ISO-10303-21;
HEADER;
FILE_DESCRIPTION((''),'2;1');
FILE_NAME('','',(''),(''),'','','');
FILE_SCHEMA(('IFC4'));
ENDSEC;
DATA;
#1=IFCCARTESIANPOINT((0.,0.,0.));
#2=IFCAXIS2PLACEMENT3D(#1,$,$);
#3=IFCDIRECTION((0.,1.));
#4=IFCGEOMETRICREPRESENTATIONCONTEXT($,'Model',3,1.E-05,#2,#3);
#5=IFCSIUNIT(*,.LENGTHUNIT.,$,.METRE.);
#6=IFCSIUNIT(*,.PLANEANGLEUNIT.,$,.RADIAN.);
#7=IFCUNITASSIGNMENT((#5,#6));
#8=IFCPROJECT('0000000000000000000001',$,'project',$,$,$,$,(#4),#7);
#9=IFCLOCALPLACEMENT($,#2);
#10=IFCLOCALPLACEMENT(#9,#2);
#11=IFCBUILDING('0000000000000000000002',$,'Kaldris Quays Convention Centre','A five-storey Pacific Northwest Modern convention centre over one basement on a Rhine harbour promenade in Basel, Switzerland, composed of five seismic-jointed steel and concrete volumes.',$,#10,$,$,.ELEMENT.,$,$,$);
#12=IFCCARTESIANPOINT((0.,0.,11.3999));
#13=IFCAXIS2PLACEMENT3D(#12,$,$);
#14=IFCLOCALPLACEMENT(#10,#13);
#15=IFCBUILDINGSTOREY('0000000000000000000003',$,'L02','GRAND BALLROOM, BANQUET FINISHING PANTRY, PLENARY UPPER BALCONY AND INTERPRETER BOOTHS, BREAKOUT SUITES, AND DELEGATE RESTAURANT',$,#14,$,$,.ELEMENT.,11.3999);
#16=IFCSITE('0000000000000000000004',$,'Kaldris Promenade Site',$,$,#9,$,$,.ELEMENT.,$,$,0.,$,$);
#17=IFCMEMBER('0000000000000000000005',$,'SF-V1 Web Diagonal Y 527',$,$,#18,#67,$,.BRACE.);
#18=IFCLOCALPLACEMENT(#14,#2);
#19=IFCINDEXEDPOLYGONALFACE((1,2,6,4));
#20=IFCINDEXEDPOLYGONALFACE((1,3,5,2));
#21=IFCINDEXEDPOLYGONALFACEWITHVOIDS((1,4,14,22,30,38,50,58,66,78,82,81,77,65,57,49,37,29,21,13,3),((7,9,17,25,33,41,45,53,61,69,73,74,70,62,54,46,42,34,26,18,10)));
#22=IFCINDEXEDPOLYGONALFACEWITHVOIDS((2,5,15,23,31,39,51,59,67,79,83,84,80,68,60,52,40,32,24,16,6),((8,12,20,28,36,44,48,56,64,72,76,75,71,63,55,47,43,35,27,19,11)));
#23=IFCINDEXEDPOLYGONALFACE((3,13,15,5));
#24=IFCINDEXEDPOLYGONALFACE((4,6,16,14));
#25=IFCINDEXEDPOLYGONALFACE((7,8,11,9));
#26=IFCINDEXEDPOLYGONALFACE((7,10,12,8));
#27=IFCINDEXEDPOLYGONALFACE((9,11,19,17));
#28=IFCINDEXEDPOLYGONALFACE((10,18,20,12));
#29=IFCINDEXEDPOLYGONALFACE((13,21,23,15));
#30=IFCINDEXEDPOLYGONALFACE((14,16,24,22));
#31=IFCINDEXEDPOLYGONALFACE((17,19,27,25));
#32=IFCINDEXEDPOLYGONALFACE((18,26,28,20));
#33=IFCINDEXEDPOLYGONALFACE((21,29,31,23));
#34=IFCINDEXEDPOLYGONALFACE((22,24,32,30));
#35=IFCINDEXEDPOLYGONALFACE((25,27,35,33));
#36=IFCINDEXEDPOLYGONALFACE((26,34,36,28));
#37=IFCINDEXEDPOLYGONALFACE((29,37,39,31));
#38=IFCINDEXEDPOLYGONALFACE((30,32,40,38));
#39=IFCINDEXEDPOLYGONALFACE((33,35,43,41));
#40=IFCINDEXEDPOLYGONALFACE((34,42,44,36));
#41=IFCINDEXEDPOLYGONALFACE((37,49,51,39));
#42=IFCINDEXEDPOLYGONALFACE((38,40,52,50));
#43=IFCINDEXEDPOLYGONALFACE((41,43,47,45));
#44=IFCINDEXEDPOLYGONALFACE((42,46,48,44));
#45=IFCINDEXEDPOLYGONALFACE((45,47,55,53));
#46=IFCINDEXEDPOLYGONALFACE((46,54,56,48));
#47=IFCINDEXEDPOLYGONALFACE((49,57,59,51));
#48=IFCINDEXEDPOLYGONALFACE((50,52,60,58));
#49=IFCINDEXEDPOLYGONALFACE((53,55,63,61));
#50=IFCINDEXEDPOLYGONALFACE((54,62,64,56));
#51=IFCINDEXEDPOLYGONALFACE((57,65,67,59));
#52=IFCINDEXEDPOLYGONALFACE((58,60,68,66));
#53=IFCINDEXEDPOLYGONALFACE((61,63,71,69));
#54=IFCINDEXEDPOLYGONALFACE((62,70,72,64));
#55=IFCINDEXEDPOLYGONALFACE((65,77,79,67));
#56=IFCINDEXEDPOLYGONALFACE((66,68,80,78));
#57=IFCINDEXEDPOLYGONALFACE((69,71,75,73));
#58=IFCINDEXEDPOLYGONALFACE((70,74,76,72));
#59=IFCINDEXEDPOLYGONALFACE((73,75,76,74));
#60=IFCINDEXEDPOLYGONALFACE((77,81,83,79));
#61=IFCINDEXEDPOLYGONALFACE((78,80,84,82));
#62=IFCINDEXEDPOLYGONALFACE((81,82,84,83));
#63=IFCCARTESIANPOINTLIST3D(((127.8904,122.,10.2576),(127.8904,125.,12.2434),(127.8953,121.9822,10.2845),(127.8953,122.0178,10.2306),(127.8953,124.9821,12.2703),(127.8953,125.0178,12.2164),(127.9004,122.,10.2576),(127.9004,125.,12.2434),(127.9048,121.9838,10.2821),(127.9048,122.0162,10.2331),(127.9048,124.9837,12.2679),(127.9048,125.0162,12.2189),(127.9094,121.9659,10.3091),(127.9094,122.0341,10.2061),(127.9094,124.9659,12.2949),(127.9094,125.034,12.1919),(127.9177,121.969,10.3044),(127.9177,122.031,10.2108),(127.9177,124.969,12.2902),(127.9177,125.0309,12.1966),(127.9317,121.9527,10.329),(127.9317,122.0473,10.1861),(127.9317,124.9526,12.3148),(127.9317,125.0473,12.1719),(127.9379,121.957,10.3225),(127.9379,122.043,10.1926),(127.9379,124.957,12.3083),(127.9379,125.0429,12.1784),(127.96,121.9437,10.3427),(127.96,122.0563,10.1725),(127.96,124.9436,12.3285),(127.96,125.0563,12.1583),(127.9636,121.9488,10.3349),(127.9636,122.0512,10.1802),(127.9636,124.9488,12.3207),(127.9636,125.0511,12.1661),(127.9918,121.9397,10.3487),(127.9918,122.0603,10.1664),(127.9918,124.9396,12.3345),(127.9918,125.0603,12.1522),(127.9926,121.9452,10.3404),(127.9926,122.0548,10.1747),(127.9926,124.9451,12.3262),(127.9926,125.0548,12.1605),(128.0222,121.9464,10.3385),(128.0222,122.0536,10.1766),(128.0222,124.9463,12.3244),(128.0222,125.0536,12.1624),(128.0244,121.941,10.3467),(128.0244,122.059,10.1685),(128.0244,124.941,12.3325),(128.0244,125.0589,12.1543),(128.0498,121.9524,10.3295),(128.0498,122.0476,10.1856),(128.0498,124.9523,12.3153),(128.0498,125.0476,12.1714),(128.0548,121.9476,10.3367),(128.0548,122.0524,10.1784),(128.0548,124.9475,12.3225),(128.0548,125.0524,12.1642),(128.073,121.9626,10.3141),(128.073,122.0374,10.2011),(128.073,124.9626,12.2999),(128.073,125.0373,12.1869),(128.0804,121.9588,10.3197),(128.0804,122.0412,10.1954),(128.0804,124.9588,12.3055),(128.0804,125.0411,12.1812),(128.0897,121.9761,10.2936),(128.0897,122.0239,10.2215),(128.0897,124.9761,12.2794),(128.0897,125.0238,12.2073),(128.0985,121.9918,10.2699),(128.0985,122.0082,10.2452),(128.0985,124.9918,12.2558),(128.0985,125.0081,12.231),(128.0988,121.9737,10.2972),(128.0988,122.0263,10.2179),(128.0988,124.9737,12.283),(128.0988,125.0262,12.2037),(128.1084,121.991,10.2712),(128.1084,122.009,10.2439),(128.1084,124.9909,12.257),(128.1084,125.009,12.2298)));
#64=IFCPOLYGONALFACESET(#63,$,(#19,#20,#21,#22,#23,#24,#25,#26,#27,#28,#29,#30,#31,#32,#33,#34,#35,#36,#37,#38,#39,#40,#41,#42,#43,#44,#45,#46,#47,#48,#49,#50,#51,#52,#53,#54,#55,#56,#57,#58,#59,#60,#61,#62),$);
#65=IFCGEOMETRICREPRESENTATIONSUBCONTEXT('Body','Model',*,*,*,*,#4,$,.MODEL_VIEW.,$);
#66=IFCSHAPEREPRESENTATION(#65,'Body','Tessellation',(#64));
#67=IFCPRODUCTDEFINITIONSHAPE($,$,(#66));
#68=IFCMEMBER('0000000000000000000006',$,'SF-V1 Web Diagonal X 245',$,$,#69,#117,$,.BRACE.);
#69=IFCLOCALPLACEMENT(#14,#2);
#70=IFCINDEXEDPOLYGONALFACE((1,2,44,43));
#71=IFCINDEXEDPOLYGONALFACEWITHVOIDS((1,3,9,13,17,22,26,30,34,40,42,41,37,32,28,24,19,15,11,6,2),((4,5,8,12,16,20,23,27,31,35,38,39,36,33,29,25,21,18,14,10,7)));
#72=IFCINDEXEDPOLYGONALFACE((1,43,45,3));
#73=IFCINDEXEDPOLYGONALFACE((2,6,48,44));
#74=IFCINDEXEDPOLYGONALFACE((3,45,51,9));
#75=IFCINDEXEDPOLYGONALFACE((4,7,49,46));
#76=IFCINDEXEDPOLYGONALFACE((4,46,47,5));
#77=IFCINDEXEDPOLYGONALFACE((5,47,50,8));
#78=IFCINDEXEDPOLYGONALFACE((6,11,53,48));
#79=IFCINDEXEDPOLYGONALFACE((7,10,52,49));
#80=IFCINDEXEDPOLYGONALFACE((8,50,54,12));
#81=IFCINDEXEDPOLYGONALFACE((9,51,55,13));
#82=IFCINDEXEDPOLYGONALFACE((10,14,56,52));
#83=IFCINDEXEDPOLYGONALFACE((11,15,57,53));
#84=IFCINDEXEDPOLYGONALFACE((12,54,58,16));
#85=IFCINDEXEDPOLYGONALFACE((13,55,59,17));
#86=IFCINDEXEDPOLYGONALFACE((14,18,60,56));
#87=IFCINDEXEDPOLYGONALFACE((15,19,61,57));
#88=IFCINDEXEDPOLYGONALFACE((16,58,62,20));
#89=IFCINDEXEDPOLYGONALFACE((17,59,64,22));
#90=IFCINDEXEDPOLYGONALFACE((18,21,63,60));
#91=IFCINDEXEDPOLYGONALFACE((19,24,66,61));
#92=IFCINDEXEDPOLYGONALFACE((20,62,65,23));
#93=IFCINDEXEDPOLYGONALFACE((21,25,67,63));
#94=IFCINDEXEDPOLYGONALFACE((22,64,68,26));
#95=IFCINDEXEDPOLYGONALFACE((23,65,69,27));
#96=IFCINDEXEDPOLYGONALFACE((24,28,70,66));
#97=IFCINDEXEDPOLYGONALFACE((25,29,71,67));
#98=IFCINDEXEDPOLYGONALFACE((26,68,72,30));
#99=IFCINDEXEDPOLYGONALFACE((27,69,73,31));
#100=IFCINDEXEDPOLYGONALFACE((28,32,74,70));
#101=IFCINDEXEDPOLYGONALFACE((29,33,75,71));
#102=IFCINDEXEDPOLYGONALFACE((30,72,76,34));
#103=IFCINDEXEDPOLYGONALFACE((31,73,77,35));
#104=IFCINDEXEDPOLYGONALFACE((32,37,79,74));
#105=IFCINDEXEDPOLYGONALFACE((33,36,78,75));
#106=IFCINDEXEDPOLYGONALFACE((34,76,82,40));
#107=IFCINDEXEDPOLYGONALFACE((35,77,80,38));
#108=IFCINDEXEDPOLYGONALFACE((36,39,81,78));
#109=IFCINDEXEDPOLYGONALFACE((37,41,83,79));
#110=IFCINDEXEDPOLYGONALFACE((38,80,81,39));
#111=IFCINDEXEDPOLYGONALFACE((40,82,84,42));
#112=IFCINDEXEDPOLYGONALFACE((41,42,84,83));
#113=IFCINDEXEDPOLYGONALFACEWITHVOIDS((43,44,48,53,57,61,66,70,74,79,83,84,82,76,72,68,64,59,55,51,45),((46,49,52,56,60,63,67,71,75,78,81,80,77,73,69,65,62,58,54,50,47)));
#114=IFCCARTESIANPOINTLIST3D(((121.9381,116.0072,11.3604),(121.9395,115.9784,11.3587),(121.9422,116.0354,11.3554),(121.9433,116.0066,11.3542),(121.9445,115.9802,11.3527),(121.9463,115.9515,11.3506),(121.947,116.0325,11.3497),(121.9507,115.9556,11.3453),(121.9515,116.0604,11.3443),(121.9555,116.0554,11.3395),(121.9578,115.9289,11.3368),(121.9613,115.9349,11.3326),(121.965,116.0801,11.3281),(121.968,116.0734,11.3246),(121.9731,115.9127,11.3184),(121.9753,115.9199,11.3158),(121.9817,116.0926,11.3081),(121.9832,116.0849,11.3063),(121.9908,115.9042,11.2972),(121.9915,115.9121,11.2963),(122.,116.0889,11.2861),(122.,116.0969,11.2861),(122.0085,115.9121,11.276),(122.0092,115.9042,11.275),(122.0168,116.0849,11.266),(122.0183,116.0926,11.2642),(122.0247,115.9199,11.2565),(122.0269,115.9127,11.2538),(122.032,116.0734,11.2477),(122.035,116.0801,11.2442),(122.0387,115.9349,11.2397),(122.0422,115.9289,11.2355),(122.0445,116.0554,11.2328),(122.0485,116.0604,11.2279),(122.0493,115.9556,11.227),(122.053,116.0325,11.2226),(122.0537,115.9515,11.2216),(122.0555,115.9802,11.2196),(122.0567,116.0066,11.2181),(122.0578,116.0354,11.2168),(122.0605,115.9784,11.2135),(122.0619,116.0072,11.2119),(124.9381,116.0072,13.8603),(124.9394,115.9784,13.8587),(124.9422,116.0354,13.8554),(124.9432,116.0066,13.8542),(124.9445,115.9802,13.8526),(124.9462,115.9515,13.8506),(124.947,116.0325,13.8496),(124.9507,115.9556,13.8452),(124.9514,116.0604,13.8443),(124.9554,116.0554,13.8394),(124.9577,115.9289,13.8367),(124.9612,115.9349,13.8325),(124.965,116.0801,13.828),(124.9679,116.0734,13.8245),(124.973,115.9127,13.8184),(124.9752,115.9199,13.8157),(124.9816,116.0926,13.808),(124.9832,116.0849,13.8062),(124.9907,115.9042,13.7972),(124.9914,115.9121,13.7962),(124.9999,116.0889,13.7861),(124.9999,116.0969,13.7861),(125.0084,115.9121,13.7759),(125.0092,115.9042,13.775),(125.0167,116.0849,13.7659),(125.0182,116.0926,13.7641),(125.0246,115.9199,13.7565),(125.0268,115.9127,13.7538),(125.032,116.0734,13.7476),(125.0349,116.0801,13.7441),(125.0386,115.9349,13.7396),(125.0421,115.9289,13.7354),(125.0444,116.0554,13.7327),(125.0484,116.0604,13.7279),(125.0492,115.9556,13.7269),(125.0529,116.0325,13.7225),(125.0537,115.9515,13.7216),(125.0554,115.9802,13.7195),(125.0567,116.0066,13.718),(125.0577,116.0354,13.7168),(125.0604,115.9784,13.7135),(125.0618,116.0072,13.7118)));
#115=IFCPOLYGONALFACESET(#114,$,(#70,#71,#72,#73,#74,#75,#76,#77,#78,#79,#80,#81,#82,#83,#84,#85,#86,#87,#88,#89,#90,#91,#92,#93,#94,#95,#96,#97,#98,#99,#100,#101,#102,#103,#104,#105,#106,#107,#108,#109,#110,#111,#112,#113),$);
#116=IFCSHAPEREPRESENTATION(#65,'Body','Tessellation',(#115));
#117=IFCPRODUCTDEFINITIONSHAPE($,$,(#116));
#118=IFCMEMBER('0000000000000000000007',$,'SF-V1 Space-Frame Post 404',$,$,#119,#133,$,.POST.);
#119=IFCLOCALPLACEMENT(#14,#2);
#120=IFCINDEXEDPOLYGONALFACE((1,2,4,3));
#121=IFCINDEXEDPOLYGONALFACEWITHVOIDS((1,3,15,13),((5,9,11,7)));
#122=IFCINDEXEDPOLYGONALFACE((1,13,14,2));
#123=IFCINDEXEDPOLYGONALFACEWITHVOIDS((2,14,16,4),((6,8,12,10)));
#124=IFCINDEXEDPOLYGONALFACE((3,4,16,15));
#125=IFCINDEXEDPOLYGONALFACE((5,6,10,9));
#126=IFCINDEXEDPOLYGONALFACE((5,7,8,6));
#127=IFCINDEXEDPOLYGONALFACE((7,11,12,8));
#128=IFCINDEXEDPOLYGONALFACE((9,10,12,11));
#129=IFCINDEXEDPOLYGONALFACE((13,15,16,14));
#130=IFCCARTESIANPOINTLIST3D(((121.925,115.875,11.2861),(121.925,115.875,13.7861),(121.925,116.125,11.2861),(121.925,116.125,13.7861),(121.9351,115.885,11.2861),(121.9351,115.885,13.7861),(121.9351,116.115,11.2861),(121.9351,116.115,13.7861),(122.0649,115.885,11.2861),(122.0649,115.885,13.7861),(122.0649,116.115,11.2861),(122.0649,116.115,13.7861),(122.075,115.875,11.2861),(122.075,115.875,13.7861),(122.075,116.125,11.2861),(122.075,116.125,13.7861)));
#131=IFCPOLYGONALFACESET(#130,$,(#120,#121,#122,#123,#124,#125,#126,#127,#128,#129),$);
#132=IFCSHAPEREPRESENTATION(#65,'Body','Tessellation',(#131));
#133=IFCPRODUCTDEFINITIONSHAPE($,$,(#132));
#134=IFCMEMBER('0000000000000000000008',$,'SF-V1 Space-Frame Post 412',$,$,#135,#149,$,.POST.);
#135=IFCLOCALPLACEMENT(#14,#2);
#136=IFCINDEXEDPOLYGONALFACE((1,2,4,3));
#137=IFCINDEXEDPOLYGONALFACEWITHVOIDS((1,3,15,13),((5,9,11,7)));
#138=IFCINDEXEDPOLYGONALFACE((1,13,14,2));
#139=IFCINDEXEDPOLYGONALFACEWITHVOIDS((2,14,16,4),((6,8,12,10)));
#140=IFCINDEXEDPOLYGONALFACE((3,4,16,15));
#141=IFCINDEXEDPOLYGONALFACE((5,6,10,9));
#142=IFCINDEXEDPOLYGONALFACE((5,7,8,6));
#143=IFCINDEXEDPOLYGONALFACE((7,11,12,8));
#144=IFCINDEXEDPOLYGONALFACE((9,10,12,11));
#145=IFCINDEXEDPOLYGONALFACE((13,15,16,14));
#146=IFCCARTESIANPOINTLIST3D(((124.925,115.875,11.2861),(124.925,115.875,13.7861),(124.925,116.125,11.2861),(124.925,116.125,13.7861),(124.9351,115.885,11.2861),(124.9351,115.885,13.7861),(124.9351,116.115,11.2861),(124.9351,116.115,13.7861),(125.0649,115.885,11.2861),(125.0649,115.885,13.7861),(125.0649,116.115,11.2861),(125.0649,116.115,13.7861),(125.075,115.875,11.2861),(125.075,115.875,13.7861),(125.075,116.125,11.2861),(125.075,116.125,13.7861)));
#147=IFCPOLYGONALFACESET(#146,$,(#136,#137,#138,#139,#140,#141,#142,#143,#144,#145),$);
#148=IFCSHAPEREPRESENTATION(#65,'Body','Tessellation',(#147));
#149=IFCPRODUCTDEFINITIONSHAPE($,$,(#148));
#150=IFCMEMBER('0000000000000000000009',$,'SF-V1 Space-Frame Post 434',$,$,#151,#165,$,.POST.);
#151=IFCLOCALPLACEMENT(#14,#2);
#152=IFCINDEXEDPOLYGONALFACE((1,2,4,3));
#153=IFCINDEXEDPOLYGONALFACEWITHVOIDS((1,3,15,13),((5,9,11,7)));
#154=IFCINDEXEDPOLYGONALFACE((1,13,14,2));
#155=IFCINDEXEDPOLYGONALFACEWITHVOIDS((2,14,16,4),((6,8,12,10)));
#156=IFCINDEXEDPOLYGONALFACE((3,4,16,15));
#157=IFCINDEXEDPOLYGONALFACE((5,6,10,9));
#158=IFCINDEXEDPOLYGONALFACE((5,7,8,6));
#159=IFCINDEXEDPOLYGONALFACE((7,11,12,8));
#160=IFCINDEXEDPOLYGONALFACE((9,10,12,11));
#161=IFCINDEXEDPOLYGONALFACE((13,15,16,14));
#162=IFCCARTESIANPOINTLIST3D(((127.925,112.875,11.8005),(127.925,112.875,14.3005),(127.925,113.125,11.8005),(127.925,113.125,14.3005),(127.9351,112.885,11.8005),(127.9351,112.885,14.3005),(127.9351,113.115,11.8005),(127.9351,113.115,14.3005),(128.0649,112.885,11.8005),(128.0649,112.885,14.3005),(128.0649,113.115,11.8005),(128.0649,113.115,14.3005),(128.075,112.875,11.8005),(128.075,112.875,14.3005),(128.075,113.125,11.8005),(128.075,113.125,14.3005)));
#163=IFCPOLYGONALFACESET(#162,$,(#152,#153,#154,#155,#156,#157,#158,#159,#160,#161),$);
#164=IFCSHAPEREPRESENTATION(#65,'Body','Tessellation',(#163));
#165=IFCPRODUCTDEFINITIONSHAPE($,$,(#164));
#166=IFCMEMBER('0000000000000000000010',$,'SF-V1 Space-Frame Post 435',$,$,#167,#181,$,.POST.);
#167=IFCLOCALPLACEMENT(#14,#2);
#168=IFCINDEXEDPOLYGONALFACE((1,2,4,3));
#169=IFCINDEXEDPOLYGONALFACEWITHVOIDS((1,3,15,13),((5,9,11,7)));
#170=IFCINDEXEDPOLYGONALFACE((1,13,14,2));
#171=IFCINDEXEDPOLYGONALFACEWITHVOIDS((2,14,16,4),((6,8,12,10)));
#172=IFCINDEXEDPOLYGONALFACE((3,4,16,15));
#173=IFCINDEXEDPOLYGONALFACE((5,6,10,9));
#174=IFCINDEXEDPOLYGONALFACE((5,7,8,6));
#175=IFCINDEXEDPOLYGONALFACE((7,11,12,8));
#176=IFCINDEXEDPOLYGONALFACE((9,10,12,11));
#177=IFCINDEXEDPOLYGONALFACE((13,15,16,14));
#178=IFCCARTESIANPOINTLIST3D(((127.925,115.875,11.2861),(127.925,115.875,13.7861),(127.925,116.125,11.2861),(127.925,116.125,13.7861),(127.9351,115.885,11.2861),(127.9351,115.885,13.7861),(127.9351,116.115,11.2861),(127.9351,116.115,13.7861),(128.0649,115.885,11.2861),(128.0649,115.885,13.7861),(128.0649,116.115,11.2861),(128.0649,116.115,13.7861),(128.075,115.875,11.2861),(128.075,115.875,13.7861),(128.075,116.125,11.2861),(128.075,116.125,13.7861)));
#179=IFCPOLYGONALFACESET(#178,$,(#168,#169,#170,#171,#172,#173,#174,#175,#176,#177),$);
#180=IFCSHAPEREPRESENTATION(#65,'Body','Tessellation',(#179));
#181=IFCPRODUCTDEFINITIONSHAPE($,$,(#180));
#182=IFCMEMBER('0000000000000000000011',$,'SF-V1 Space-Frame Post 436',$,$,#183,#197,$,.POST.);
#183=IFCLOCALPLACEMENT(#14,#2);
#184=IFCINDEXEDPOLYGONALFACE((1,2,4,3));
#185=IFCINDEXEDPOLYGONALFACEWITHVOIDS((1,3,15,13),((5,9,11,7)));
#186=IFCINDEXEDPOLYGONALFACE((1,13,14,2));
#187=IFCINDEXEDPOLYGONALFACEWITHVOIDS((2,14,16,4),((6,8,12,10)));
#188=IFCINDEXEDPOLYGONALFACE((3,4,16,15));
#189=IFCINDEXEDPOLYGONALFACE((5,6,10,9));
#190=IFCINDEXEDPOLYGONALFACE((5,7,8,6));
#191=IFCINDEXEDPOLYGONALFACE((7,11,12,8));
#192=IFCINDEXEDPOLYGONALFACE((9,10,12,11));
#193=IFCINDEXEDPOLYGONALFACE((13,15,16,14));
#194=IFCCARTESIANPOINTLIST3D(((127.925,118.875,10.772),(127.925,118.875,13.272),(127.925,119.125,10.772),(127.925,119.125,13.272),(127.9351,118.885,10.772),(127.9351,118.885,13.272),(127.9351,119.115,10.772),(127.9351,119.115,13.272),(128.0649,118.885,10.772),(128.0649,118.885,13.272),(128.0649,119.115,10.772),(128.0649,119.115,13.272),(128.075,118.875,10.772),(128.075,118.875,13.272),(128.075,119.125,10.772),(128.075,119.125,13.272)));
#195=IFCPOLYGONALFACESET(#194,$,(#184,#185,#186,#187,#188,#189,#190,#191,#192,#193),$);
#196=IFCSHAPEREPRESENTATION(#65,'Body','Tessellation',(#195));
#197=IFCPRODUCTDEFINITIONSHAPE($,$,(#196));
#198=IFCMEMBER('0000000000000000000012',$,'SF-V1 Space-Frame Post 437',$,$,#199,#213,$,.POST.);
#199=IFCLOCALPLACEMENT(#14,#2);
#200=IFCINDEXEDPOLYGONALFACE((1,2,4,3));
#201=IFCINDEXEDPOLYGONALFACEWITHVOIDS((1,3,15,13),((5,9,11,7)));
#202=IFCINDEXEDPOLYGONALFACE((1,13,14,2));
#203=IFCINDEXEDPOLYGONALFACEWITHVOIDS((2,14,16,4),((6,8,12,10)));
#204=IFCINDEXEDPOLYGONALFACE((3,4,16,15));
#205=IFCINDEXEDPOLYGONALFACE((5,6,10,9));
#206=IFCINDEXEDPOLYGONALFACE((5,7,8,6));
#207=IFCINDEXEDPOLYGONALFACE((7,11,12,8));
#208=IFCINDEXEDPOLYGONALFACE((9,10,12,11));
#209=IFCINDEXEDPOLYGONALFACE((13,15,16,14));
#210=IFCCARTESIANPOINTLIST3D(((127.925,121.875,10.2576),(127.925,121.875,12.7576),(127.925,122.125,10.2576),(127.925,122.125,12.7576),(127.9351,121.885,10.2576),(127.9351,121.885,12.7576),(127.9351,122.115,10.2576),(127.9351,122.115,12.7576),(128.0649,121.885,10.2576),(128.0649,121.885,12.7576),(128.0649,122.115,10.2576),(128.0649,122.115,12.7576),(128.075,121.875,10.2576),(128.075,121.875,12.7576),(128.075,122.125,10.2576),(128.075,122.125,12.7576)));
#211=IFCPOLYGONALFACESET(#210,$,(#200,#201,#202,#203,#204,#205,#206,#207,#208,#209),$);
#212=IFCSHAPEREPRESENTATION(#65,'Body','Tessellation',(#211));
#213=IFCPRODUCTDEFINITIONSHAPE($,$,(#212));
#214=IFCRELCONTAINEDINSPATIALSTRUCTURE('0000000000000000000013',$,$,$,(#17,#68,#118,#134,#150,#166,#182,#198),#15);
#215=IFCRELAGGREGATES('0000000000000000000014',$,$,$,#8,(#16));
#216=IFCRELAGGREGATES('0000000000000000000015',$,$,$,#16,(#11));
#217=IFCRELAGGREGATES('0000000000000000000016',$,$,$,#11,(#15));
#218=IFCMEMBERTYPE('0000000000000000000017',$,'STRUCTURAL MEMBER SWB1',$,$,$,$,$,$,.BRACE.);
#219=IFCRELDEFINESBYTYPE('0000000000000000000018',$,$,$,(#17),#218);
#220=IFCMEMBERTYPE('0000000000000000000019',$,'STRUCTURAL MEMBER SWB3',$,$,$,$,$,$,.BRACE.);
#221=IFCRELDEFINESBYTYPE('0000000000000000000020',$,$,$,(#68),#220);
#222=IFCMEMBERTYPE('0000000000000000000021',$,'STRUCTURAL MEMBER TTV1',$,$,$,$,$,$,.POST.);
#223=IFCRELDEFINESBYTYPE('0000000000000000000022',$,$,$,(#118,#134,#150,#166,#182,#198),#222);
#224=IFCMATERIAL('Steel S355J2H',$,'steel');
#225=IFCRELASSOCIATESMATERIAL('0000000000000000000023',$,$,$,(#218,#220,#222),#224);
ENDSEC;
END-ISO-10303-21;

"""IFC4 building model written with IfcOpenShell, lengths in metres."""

from ifc_helpers import new_model, si_unit, direction, frame, origin, origin_2d, place, context, subcontext, project, spatial, hollow_rectangle, hollow_circle, extrude, material, material_profile, profile_set, type_object, element, save


model = new_model("IFC4")

# Units and contexts
model_context = context("Model", 3, precision=1e-05, world=origin(), true_north=direction((0.0, 1.0)))
body_context = subcontext(model_context, "Body", "Model", "MODEL_VIEW")
ifc_project = project(units=[si_unit("LENGTHUNIT", "METRE"), si_unit("PLANEANGLEUNIT", "RADIAN")], contexts=[model_context])

# Site, building, storey
site_placement = place(None, origin())
site = spatial("IfcSite", under=ifc_project, at=site_placement, Name="Kaldris Promenade Site", CompositionType="ELEMENT", RefElevation=0.0)
building_placement = place(site_placement, origin())
building = spatial("IfcBuilding", under=site, at=building_placement, Name="Kaldris Quays Convention Centre", Description="A five-storey Pacific Northwest Modern convention centre over one basement on a Rhine harbour promenade in Basel, Switzerland, composed of five seismic-jointed steel and concrete volumes.", CompositionType="ELEMENT")
storey_placement = place(building_placement, frame((0.0, 0.0, 11.3999)))
storey = spatial("IfcBuildingStorey", under=building, at=storey_placement, Name="L02", Description="GRAND BALLROOM, BANQUET FINISHING PANTRY, PLENARY UPPER BALCONY AND INTERPRETER BOOTHS, BREAKOUT SUITES, AND DELEGATE RESTAURANT", CompositionType="ELEMENT", Elevation=11.3999)

# Members
ifc_material_1 = material(Name="Steel S355J2H", Category="steel")
ifc_material_profile_1 = material_profile(ifc_material_1, hollow_circle(Radius=0.1096, WallThickness=0.01, at=origin_2d()), Name="CHS 219.1x10")
ifc_profile_set_1 = profile_set([ifc_material_profile_1], Name="Steel S355J2H")
member_type_1 = type_object("IfcMemberType", Name="STRUCTURAL MEMBER SWB1", PredefinedType="BRACE", material=ifc_profile_set_1)
member_1_placement = place(storey_placement, frame((128.0, 122.0, 10.2576), z_axis=(0.0, 0.833862, 0.551972), x_axis=(-1.0, 0.0, 0.0)))
element("IfcMember", 1, at=member_1_placement, inside=storey, type_object=member_type_1, Name="SF-V1 Web Diagonal Y 527", PredefinedType="BRACE", context=body_context, shape_type="SweptSolid", body=[
    extrude(hollow_circle(Radius=0.1096, WallThickness=0.01, at=origin_2d()), origin(), (0.0, 0.0, 1.0), 3.5977),
])
ifc_material_profile_2 = material_profile(ifc_material_1, hollow_circle(Radius=0.0969, WallThickness=0.0081, at=origin_2d()), Name="CHS 193.7x8")
ifc_profile_set_2 = profile_set([ifc_material_profile_2], Name="Steel S355J2H")
member_type_2 = type_object("IfcMemberType", Name="STRUCTURAL MEMBER SWB3", PredefinedType="BRACE", material=ifc_profile_set_2)
member_2_placement = place(storey_placement, frame((122.0, 116.0, 11.2861), z_axis=(0.768221, 0.0, 0.640184), x_axis=(0.0, 1.0, 0.0)))
element("IfcMember", 2, at=member_2_placement, inside=storey, type_object=member_type_2, Name="SF-V1 Web Diagonal X 245", PredefinedType="BRACE", context=body_context, shape_type="SweptSolid", body=[
    extrude(hollow_circle(Radius=0.0969, WallThickness=0.0081, at=origin_2d()), origin(), (0.0, 0.0, 1.0), 3.905),
])
ifc_material_profile_3 = material_profile(ifc_material_1, hollow_rectangle(XDim=0.1499, YDim=0.25, WallThickness=0.01, at=origin_2d()), Name="RHS 250x150x10")
ifc_profile_set_3 = profile_set([ifc_material_profile_3], Name="Steel S355J2H")
member_type_3 = type_object("IfcMemberType", Name="STRUCTURAL MEMBER TTV1", PredefinedType="POST", material=ifc_profile_set_3)
for number, where, z_axis, x_axis, name in (
    (3, (122.0, 116.0, 11.2861), (0.0, 0.0, 1.0), (1.0, 0.0, 0.0), "SF-V1 Space-Frame Post 404"),
    (4, (125.0, 116.0, 11.2861), (0.0, 0.0, 1.0), (1.0, 0.0, 0.0), "SF-V1 Space-Frame Post 412"),
    (5, (128.0, 113.0, 11.8005), (0.0, 0.0, 1.0), (1.0, 0.0, 0.0), "SF-V1 Space-Frame Post 434"),
    (6, (128.0, 116.0, 11.2861), (0.0, 0.0, 1.0), (1.0, 0.0, 0.0), "SF-V1 Space-Frame Post 435"),
    (7, (128.0, 119.0, 10.772), (0.0, 0.0, 1.0), (1.0, 0.0, 0.0), "SF-V1 Space-Frame Post 436"),
    (8, (128.0, 122.0, 10.2576), (0.0, 0.0, 1.0), (1.0, 0.0, 0.0), "SF-V1 Space-Frame Post 437"),
):
    element("IfcMember", number, at=place(storey_placement, frame(where, z_axis=z_axis, x_axis=x_axis)), inside=storey, type_object=member_type_3, Name=name, PredefinedType="POST", context=body_context, shape_type="SweptSolid", body=[
        extrude(hollow_rectangle(XDim=0.1499, YDim=0.25, WallThickness=0.01, at=origin_2d()), origin(), (0.0, 0.0, 1.0), 2.5),
    ])

save(model, "model.ifc")
